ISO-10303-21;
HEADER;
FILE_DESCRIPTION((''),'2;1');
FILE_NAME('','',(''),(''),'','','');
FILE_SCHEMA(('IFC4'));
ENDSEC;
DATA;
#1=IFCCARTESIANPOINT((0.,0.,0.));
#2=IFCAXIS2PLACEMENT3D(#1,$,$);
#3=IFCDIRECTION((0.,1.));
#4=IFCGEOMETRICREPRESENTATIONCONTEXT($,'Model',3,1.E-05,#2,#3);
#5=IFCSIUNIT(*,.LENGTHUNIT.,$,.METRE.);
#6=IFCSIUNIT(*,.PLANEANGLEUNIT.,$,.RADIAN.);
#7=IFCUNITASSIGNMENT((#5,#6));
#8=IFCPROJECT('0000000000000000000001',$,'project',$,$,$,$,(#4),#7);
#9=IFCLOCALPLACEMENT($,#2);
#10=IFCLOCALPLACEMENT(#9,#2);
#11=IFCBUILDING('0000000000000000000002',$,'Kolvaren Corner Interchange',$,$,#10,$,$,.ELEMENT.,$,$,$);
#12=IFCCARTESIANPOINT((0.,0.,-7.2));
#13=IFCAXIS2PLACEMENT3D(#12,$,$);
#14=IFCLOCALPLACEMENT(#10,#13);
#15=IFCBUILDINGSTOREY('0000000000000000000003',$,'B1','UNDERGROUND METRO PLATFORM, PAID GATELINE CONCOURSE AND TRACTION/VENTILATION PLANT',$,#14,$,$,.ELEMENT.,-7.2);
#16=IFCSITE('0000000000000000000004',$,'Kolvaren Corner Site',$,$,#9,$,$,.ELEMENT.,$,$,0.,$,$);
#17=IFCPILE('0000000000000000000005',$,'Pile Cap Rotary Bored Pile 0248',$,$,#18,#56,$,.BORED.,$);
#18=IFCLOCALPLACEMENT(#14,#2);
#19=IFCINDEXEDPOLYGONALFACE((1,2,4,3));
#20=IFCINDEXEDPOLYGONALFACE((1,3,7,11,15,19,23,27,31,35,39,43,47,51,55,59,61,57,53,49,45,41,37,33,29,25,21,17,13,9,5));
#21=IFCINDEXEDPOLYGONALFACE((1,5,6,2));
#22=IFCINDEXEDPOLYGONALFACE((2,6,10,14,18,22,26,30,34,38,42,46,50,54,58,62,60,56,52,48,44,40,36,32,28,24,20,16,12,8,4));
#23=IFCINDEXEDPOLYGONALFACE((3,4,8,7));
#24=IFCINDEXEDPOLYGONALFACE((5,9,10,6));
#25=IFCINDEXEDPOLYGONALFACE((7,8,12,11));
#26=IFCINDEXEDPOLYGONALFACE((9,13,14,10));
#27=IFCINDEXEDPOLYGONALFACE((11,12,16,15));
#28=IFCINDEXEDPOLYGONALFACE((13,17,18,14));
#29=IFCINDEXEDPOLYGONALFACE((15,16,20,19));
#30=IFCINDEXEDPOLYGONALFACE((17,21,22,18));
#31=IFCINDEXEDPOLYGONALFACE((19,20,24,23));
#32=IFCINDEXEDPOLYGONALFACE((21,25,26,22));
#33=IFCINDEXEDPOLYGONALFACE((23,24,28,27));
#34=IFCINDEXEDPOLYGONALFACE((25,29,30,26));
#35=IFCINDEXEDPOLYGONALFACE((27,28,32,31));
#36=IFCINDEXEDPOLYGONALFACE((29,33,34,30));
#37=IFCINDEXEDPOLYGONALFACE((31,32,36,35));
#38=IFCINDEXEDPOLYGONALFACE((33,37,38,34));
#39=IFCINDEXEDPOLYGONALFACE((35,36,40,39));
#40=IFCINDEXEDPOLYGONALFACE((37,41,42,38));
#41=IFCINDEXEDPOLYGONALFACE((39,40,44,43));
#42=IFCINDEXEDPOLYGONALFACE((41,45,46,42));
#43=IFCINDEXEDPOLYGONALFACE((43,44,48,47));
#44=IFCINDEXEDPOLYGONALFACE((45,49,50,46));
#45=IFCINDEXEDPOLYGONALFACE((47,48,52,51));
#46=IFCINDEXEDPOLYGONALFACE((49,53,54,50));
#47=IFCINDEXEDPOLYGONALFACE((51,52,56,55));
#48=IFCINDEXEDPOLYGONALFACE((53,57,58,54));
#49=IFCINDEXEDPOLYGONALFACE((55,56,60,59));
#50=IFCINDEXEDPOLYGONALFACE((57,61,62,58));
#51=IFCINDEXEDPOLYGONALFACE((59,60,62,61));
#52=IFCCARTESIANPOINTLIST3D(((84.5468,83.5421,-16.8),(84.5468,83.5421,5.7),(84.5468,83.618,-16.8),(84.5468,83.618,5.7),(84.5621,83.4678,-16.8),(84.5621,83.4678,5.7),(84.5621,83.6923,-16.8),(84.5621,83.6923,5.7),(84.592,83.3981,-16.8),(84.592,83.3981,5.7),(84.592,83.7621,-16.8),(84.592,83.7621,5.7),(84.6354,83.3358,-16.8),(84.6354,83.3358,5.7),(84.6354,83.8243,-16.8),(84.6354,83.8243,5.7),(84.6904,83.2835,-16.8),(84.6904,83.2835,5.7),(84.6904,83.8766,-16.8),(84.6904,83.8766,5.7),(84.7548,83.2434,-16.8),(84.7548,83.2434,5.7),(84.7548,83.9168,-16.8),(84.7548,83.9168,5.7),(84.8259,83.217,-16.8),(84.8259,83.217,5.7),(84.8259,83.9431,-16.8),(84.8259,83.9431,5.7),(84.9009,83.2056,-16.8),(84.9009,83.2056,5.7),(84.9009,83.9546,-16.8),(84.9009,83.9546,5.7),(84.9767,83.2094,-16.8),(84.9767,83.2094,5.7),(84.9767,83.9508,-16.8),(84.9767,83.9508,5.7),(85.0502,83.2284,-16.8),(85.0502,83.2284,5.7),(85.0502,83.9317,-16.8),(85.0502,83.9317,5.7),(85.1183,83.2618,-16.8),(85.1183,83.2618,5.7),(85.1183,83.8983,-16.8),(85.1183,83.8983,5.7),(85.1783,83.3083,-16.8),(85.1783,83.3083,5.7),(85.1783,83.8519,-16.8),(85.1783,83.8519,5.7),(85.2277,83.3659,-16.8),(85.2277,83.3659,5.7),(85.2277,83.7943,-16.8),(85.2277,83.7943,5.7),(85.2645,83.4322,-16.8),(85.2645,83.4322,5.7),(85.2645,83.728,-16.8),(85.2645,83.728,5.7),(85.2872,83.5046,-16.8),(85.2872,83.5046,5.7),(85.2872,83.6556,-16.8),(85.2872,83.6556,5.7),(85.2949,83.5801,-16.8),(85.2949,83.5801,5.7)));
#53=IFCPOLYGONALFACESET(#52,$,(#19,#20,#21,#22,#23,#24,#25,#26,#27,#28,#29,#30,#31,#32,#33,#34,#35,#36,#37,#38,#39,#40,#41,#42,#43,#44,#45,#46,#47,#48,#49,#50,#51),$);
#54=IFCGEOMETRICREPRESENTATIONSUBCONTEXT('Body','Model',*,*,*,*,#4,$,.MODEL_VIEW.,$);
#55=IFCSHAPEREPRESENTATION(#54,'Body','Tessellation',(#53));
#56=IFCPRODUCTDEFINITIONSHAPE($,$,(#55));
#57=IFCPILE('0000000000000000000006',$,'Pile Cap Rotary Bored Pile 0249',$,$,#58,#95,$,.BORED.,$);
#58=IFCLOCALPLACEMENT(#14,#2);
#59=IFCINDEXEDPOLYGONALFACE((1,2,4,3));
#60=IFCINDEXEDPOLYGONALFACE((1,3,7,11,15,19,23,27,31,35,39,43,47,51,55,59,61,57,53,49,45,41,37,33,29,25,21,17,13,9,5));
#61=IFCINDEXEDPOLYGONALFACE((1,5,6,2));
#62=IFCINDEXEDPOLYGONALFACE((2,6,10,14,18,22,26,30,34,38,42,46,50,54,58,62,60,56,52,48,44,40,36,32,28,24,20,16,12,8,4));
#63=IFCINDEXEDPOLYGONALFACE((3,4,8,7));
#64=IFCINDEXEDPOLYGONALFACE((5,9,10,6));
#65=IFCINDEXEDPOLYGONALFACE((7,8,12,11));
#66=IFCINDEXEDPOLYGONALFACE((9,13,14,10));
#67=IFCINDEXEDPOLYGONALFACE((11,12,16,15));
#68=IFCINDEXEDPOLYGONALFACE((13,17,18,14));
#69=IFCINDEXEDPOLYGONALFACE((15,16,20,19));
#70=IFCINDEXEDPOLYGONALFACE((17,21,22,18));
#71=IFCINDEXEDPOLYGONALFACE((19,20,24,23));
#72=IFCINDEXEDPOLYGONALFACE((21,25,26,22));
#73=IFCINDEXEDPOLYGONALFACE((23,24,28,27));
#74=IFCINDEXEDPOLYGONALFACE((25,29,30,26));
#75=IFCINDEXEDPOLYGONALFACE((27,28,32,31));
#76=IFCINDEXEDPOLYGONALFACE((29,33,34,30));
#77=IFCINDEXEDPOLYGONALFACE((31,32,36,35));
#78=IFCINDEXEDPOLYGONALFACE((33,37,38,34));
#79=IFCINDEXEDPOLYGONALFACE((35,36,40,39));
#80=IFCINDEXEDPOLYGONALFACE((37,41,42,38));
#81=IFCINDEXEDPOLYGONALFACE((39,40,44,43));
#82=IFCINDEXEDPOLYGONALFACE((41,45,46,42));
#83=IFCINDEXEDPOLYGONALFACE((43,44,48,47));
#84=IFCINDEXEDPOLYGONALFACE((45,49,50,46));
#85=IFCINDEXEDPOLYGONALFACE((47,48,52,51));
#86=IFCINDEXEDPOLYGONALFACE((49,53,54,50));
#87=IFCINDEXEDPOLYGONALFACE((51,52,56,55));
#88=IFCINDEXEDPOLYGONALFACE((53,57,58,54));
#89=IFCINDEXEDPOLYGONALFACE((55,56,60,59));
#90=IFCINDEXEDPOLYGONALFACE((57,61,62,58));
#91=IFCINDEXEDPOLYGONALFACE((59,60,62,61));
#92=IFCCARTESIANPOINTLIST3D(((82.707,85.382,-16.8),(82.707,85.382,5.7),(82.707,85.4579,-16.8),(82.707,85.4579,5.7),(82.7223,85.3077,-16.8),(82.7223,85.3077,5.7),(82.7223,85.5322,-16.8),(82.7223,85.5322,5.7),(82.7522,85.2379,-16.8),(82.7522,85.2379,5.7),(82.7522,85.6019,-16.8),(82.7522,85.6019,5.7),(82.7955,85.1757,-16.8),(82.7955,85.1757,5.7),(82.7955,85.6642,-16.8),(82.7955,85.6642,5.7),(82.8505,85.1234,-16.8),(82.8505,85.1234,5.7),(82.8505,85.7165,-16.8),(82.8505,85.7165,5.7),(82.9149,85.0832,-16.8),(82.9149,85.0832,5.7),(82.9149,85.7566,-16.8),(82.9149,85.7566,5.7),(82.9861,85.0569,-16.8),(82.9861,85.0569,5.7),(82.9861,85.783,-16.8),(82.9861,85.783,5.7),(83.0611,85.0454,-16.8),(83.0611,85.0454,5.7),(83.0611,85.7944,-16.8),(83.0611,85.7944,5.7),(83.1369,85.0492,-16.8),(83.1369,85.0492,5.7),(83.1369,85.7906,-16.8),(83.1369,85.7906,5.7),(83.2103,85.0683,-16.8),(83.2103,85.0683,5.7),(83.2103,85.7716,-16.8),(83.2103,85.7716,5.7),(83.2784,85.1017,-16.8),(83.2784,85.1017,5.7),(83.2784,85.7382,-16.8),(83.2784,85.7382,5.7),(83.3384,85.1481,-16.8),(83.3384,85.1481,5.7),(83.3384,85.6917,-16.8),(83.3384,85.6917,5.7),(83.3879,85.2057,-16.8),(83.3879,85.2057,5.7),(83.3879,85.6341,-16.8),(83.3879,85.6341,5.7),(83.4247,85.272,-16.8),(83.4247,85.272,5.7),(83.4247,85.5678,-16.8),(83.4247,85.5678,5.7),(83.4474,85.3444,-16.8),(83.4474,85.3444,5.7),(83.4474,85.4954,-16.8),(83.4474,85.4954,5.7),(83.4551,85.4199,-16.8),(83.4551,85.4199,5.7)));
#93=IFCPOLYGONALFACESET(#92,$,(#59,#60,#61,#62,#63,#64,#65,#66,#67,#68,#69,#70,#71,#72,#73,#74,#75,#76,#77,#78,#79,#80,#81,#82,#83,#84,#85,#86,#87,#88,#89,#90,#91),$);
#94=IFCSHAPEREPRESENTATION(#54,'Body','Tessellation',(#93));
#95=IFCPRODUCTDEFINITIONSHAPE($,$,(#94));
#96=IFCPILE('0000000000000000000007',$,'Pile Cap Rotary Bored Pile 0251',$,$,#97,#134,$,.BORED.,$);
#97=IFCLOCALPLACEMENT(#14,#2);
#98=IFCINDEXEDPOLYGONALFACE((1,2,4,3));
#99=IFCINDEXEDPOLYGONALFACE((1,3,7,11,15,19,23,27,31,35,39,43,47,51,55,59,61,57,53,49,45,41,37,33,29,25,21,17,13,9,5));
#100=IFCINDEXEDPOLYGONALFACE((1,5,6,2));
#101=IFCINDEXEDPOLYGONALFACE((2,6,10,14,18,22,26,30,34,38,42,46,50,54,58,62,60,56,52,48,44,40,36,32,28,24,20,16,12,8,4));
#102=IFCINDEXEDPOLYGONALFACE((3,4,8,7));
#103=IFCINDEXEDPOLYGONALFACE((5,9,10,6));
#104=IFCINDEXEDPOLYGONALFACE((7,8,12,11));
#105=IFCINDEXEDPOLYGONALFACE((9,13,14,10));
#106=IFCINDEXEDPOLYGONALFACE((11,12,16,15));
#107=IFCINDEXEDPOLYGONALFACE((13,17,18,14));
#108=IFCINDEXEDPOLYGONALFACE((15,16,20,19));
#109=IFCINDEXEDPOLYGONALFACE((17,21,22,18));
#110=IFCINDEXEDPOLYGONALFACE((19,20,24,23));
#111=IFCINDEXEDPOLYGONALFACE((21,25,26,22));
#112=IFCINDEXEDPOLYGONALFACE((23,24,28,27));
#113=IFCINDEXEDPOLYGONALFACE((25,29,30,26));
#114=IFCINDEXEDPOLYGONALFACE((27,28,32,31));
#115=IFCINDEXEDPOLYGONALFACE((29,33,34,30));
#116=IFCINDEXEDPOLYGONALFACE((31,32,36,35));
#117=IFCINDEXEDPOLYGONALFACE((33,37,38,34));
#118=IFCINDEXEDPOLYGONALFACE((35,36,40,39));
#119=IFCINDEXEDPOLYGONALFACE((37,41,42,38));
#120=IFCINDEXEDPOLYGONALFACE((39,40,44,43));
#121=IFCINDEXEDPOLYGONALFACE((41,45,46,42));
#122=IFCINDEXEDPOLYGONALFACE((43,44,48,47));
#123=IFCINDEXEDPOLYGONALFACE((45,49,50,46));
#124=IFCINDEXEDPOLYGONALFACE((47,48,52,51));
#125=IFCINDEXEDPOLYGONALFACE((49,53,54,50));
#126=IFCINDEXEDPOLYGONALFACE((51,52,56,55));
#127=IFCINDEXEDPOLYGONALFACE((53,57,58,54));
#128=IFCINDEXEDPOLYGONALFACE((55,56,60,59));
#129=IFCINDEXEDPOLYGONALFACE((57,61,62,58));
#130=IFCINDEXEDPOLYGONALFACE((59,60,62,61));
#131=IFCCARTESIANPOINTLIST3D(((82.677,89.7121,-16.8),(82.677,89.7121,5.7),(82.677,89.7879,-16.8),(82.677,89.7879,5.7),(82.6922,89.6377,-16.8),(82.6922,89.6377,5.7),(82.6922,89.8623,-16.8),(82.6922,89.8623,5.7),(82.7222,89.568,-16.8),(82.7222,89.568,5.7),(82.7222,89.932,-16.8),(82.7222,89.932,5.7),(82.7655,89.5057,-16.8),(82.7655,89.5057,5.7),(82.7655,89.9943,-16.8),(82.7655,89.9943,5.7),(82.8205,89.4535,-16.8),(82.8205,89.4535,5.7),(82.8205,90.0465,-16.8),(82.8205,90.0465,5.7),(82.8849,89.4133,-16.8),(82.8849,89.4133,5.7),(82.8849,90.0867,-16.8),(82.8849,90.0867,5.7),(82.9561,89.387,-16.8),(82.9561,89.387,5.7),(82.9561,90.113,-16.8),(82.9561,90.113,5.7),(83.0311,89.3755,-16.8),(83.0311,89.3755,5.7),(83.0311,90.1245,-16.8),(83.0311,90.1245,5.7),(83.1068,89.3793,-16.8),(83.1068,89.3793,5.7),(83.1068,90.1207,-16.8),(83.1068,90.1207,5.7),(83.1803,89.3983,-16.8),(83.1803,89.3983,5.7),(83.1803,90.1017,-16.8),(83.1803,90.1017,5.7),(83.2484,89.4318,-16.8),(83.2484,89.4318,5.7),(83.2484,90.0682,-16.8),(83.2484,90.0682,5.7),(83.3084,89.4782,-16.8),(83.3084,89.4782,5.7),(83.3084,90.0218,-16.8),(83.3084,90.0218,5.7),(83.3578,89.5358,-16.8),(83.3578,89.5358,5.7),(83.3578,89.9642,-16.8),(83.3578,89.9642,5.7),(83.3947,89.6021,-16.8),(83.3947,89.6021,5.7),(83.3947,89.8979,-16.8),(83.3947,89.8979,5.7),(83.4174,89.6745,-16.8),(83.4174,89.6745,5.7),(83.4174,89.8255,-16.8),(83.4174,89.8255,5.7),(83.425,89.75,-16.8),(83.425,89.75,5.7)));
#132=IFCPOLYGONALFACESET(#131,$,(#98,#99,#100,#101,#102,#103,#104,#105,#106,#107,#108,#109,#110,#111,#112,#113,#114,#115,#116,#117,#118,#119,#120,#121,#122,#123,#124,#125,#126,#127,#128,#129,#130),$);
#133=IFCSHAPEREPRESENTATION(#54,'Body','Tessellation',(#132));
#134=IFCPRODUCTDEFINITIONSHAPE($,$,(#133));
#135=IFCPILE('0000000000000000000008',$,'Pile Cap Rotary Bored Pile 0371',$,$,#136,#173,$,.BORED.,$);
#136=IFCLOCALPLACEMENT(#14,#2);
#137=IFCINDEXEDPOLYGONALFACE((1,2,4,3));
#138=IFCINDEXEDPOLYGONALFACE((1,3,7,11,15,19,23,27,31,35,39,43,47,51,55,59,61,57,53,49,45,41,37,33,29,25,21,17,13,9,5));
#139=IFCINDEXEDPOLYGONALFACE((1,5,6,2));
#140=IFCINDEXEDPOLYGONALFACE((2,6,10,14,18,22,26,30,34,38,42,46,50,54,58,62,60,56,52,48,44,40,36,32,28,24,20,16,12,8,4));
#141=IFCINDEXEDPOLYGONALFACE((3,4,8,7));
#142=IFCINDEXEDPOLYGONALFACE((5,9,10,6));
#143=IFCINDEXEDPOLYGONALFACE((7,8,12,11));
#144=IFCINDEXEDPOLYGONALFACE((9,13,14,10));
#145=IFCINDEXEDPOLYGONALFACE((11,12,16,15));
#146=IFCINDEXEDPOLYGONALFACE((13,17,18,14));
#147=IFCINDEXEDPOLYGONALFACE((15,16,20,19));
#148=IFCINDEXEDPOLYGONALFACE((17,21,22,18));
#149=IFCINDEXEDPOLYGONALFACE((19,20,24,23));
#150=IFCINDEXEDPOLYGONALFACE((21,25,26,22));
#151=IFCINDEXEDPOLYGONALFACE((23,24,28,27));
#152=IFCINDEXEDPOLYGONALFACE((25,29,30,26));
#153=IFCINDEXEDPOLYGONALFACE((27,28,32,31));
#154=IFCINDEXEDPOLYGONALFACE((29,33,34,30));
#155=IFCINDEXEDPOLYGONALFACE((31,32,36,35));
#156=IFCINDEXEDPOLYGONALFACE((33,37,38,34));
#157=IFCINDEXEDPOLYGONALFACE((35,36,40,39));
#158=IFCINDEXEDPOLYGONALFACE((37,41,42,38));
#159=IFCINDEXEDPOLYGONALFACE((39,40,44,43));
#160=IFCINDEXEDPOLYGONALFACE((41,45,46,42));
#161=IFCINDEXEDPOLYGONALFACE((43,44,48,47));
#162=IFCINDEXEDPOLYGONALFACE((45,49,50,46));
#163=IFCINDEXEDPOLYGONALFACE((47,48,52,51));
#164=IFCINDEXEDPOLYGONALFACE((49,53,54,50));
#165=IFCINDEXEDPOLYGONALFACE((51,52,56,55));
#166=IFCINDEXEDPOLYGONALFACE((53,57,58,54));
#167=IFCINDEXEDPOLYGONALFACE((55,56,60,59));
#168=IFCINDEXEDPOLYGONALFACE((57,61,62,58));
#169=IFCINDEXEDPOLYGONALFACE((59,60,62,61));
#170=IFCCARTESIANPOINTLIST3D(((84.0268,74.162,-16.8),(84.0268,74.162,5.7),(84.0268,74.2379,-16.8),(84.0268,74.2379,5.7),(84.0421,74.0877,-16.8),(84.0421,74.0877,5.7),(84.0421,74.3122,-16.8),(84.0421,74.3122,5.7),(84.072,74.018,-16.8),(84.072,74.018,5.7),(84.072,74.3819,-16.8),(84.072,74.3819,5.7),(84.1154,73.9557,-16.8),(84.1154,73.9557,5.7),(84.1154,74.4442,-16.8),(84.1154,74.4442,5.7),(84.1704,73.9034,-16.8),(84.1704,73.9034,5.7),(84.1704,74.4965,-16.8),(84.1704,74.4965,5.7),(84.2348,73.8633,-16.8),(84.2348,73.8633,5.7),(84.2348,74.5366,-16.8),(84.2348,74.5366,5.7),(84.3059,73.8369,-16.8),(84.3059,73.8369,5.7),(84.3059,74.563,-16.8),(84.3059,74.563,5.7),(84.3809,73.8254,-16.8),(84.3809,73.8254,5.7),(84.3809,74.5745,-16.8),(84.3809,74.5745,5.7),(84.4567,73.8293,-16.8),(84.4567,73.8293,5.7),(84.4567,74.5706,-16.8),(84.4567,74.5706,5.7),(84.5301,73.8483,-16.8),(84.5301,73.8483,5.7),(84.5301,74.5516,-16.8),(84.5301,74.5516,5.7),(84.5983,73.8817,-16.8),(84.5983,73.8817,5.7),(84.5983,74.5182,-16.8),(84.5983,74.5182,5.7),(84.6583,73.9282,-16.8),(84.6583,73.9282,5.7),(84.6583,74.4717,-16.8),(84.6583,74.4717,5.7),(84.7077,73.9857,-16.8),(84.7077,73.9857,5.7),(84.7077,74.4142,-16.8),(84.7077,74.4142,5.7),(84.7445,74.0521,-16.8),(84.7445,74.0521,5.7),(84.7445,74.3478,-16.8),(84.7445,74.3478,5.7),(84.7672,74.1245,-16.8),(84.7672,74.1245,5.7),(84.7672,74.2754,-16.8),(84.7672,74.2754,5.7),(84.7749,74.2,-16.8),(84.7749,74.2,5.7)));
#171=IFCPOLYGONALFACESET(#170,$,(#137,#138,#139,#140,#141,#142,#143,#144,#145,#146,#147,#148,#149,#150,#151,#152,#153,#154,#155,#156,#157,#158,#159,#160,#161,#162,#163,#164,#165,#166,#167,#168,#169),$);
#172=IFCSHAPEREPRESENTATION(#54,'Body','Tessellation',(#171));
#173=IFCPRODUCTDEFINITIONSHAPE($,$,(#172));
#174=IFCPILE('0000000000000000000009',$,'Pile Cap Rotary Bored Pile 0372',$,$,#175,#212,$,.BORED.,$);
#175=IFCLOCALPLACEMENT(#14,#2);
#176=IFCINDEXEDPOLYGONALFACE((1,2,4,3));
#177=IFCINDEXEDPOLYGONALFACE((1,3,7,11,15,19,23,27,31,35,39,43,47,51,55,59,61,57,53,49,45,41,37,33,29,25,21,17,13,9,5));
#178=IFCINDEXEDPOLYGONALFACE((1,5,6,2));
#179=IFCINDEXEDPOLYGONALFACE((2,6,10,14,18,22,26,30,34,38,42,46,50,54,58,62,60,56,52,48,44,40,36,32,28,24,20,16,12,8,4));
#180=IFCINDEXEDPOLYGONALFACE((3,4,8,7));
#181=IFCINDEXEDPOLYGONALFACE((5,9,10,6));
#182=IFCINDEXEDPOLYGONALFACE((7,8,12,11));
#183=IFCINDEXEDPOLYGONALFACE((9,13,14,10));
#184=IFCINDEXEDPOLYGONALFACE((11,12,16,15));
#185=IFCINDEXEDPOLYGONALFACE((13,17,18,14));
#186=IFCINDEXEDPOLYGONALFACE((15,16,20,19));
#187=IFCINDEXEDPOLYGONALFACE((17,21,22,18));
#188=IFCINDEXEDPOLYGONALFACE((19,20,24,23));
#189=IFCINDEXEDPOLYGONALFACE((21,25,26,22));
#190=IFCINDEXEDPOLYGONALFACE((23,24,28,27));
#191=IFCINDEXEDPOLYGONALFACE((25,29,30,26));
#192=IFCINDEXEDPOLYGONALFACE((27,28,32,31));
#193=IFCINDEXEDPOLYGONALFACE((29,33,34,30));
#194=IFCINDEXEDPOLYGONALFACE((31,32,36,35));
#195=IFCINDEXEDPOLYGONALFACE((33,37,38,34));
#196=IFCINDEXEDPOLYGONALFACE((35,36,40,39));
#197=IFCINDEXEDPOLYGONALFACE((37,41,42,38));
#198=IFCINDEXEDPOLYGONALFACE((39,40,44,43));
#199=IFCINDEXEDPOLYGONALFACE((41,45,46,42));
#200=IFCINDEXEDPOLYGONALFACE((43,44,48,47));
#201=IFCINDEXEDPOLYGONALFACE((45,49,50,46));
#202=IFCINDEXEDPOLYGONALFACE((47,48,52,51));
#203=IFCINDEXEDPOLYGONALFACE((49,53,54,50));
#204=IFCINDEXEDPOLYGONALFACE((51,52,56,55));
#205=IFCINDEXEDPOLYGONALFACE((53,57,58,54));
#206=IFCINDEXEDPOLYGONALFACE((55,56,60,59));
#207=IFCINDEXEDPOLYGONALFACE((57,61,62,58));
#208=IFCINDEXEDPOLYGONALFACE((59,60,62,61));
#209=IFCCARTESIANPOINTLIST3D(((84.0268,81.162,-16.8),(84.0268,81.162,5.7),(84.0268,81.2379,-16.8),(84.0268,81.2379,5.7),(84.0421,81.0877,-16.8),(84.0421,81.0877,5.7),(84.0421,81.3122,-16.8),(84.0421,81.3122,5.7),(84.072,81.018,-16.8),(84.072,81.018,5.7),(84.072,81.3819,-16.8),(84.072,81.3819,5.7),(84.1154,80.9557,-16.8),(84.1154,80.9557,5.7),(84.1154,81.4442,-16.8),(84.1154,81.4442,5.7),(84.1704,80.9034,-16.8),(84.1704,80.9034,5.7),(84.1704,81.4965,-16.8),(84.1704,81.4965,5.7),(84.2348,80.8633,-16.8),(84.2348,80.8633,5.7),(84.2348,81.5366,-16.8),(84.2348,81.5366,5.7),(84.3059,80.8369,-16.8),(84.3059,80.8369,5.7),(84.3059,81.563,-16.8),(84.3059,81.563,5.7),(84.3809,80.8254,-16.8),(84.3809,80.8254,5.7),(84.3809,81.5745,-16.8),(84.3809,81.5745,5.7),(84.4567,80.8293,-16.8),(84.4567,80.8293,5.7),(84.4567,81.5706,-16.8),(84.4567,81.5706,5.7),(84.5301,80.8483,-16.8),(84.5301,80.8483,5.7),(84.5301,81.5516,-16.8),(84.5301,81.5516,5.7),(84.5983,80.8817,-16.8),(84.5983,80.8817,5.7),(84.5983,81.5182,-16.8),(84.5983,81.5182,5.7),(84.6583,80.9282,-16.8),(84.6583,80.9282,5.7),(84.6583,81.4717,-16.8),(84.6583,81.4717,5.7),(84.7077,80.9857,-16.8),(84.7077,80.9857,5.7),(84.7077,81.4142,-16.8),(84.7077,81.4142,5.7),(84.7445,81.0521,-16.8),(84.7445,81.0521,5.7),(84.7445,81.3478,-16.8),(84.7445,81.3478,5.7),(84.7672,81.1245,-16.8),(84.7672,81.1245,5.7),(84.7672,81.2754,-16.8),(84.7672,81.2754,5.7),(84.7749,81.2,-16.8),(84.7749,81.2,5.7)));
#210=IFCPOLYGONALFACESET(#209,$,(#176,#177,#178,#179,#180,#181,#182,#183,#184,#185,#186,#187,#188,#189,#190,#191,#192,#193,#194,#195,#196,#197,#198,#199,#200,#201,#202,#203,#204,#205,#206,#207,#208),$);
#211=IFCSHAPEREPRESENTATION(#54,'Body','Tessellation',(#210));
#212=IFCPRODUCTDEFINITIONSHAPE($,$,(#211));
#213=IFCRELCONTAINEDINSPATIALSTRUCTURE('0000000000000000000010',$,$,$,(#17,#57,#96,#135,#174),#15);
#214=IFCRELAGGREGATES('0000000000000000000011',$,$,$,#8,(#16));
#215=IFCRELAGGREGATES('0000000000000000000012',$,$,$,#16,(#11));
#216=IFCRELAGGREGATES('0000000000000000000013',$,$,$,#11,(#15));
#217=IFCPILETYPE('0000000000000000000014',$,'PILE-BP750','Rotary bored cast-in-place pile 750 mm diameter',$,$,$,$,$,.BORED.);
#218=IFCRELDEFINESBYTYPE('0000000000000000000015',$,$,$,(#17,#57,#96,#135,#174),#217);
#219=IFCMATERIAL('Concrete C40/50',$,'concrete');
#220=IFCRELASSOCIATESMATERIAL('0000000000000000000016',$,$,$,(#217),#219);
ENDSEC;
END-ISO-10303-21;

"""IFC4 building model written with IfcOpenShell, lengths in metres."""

from ifc_helpers import new_model, si_unit, direction, frame, origin, origin_2d, place, context, subcontext, project, spatial, circle, extrude, material, material_profile, profile_set, type_object, element, save


model = new_model("IFC4")

# Units and contexts
model_context = context("Model", 3, precision=1e-05, world=origin(), true_north=direction((0.0, 1.0)))
body_context = subcontext(model_context, "Body", "Model", "MODEL_VIEW")
ifc_project = project(units=[si_unit("LENGTHUNIT", "METRE"), si_unit("PLANEANGLEUNIT", "RADIAN")], contexts=[model_context])

# Site, building, storey
site_placement = place(None, origin())
site = spatial("IfcSite", under=ifc_project, at=site_placement, Name="Kolvaren Corner Site", CompositionType="ELEMENT", RefElevation=0.0)
building_placement = place(site_placement, origin())
building = spatial("IfcBuilding", under=site, at=building_placement, Name="Kolvaren Corner Interchange", CompositionType="ELEMENT")
storey_placement = place(building_placement, frame((0.0, 0.0, -7.2)))
storey = spatial("IfcBuildingStorey", under=building, at=storey_placement, Name="B1", Description="UNDERGROUND METRO PLATFORM, PAID GATELINE CONCOURSE AND TRACTION/VENTILATION PLANT", CompositionType="ELEMENT", Elevation=-7.2)

# Piles
ifc_material_1 = material(Name="Concrete C40/50", Category="concrete")
ifc_material_profile_1 = material_profile(ifc_material_1, circle(Radius=0.375, at=origin_2d()), Name="BORED PILE 750")
ifc_profile_set_1 = profile_set([ifc_material_profile_1], Name="Concrete C40/50")
pile_type_1 = type_object("IfcPileType", Name="PILE-BP750", Description="Rotary bored cast-in-place pile 750 mm diameter", PredefinedType="BORED", material=ifc_profile_set_1)
for number, where, z_axis, x_axis, name in (
    (1, (84.9199, 83.5801, 5.7), (0.0, 0.0, -1.0), (1.0, 0.0, 0.0), "Pile Cap Rotary Bored Pile 0248"),
    (2, (83.0801, 85.4199, 5.7), (0.0, 0.0, -1.0), (1.0, 0.0, 0.0), "Pile Cap Rotary Bored Pile 0249"),
    (3, (83.05, 89.75, 5.7), (0.0, 0.0, -1.0), (1.0, 0.0, 0.0), "Pile Cap Rotary Bored Pile 0251"),
    (4, (84.3999, 74.2, 5.7), (0.0, 0.0, -1.0), (1.0, 0.0, 0.0), "Pile Cap Rotary Bored Pile 0371"),
    (5, (84.3999, 81.2, 5.7), (0.0, 0.0, -1.0), (1.0, 0.0, 0.0), "Pile Cap Rotary Bored Pile 0372"),
):
    element("IfcPile", number, at=place(storey_placement, frame(where, z_axis=z_axis, x_axis=x_axis)), inside=storey, type_object=pile_type_1, Name=name, PredefinedType="BORED", context=body_context, shape_type="SweptSolid", body=[
        extrude(circle(Radius=0.375, at=origin_2d()), origin(), (0.0, 0.0, 1.0), 22.5),
    ])

save(model, "model.ifc")
